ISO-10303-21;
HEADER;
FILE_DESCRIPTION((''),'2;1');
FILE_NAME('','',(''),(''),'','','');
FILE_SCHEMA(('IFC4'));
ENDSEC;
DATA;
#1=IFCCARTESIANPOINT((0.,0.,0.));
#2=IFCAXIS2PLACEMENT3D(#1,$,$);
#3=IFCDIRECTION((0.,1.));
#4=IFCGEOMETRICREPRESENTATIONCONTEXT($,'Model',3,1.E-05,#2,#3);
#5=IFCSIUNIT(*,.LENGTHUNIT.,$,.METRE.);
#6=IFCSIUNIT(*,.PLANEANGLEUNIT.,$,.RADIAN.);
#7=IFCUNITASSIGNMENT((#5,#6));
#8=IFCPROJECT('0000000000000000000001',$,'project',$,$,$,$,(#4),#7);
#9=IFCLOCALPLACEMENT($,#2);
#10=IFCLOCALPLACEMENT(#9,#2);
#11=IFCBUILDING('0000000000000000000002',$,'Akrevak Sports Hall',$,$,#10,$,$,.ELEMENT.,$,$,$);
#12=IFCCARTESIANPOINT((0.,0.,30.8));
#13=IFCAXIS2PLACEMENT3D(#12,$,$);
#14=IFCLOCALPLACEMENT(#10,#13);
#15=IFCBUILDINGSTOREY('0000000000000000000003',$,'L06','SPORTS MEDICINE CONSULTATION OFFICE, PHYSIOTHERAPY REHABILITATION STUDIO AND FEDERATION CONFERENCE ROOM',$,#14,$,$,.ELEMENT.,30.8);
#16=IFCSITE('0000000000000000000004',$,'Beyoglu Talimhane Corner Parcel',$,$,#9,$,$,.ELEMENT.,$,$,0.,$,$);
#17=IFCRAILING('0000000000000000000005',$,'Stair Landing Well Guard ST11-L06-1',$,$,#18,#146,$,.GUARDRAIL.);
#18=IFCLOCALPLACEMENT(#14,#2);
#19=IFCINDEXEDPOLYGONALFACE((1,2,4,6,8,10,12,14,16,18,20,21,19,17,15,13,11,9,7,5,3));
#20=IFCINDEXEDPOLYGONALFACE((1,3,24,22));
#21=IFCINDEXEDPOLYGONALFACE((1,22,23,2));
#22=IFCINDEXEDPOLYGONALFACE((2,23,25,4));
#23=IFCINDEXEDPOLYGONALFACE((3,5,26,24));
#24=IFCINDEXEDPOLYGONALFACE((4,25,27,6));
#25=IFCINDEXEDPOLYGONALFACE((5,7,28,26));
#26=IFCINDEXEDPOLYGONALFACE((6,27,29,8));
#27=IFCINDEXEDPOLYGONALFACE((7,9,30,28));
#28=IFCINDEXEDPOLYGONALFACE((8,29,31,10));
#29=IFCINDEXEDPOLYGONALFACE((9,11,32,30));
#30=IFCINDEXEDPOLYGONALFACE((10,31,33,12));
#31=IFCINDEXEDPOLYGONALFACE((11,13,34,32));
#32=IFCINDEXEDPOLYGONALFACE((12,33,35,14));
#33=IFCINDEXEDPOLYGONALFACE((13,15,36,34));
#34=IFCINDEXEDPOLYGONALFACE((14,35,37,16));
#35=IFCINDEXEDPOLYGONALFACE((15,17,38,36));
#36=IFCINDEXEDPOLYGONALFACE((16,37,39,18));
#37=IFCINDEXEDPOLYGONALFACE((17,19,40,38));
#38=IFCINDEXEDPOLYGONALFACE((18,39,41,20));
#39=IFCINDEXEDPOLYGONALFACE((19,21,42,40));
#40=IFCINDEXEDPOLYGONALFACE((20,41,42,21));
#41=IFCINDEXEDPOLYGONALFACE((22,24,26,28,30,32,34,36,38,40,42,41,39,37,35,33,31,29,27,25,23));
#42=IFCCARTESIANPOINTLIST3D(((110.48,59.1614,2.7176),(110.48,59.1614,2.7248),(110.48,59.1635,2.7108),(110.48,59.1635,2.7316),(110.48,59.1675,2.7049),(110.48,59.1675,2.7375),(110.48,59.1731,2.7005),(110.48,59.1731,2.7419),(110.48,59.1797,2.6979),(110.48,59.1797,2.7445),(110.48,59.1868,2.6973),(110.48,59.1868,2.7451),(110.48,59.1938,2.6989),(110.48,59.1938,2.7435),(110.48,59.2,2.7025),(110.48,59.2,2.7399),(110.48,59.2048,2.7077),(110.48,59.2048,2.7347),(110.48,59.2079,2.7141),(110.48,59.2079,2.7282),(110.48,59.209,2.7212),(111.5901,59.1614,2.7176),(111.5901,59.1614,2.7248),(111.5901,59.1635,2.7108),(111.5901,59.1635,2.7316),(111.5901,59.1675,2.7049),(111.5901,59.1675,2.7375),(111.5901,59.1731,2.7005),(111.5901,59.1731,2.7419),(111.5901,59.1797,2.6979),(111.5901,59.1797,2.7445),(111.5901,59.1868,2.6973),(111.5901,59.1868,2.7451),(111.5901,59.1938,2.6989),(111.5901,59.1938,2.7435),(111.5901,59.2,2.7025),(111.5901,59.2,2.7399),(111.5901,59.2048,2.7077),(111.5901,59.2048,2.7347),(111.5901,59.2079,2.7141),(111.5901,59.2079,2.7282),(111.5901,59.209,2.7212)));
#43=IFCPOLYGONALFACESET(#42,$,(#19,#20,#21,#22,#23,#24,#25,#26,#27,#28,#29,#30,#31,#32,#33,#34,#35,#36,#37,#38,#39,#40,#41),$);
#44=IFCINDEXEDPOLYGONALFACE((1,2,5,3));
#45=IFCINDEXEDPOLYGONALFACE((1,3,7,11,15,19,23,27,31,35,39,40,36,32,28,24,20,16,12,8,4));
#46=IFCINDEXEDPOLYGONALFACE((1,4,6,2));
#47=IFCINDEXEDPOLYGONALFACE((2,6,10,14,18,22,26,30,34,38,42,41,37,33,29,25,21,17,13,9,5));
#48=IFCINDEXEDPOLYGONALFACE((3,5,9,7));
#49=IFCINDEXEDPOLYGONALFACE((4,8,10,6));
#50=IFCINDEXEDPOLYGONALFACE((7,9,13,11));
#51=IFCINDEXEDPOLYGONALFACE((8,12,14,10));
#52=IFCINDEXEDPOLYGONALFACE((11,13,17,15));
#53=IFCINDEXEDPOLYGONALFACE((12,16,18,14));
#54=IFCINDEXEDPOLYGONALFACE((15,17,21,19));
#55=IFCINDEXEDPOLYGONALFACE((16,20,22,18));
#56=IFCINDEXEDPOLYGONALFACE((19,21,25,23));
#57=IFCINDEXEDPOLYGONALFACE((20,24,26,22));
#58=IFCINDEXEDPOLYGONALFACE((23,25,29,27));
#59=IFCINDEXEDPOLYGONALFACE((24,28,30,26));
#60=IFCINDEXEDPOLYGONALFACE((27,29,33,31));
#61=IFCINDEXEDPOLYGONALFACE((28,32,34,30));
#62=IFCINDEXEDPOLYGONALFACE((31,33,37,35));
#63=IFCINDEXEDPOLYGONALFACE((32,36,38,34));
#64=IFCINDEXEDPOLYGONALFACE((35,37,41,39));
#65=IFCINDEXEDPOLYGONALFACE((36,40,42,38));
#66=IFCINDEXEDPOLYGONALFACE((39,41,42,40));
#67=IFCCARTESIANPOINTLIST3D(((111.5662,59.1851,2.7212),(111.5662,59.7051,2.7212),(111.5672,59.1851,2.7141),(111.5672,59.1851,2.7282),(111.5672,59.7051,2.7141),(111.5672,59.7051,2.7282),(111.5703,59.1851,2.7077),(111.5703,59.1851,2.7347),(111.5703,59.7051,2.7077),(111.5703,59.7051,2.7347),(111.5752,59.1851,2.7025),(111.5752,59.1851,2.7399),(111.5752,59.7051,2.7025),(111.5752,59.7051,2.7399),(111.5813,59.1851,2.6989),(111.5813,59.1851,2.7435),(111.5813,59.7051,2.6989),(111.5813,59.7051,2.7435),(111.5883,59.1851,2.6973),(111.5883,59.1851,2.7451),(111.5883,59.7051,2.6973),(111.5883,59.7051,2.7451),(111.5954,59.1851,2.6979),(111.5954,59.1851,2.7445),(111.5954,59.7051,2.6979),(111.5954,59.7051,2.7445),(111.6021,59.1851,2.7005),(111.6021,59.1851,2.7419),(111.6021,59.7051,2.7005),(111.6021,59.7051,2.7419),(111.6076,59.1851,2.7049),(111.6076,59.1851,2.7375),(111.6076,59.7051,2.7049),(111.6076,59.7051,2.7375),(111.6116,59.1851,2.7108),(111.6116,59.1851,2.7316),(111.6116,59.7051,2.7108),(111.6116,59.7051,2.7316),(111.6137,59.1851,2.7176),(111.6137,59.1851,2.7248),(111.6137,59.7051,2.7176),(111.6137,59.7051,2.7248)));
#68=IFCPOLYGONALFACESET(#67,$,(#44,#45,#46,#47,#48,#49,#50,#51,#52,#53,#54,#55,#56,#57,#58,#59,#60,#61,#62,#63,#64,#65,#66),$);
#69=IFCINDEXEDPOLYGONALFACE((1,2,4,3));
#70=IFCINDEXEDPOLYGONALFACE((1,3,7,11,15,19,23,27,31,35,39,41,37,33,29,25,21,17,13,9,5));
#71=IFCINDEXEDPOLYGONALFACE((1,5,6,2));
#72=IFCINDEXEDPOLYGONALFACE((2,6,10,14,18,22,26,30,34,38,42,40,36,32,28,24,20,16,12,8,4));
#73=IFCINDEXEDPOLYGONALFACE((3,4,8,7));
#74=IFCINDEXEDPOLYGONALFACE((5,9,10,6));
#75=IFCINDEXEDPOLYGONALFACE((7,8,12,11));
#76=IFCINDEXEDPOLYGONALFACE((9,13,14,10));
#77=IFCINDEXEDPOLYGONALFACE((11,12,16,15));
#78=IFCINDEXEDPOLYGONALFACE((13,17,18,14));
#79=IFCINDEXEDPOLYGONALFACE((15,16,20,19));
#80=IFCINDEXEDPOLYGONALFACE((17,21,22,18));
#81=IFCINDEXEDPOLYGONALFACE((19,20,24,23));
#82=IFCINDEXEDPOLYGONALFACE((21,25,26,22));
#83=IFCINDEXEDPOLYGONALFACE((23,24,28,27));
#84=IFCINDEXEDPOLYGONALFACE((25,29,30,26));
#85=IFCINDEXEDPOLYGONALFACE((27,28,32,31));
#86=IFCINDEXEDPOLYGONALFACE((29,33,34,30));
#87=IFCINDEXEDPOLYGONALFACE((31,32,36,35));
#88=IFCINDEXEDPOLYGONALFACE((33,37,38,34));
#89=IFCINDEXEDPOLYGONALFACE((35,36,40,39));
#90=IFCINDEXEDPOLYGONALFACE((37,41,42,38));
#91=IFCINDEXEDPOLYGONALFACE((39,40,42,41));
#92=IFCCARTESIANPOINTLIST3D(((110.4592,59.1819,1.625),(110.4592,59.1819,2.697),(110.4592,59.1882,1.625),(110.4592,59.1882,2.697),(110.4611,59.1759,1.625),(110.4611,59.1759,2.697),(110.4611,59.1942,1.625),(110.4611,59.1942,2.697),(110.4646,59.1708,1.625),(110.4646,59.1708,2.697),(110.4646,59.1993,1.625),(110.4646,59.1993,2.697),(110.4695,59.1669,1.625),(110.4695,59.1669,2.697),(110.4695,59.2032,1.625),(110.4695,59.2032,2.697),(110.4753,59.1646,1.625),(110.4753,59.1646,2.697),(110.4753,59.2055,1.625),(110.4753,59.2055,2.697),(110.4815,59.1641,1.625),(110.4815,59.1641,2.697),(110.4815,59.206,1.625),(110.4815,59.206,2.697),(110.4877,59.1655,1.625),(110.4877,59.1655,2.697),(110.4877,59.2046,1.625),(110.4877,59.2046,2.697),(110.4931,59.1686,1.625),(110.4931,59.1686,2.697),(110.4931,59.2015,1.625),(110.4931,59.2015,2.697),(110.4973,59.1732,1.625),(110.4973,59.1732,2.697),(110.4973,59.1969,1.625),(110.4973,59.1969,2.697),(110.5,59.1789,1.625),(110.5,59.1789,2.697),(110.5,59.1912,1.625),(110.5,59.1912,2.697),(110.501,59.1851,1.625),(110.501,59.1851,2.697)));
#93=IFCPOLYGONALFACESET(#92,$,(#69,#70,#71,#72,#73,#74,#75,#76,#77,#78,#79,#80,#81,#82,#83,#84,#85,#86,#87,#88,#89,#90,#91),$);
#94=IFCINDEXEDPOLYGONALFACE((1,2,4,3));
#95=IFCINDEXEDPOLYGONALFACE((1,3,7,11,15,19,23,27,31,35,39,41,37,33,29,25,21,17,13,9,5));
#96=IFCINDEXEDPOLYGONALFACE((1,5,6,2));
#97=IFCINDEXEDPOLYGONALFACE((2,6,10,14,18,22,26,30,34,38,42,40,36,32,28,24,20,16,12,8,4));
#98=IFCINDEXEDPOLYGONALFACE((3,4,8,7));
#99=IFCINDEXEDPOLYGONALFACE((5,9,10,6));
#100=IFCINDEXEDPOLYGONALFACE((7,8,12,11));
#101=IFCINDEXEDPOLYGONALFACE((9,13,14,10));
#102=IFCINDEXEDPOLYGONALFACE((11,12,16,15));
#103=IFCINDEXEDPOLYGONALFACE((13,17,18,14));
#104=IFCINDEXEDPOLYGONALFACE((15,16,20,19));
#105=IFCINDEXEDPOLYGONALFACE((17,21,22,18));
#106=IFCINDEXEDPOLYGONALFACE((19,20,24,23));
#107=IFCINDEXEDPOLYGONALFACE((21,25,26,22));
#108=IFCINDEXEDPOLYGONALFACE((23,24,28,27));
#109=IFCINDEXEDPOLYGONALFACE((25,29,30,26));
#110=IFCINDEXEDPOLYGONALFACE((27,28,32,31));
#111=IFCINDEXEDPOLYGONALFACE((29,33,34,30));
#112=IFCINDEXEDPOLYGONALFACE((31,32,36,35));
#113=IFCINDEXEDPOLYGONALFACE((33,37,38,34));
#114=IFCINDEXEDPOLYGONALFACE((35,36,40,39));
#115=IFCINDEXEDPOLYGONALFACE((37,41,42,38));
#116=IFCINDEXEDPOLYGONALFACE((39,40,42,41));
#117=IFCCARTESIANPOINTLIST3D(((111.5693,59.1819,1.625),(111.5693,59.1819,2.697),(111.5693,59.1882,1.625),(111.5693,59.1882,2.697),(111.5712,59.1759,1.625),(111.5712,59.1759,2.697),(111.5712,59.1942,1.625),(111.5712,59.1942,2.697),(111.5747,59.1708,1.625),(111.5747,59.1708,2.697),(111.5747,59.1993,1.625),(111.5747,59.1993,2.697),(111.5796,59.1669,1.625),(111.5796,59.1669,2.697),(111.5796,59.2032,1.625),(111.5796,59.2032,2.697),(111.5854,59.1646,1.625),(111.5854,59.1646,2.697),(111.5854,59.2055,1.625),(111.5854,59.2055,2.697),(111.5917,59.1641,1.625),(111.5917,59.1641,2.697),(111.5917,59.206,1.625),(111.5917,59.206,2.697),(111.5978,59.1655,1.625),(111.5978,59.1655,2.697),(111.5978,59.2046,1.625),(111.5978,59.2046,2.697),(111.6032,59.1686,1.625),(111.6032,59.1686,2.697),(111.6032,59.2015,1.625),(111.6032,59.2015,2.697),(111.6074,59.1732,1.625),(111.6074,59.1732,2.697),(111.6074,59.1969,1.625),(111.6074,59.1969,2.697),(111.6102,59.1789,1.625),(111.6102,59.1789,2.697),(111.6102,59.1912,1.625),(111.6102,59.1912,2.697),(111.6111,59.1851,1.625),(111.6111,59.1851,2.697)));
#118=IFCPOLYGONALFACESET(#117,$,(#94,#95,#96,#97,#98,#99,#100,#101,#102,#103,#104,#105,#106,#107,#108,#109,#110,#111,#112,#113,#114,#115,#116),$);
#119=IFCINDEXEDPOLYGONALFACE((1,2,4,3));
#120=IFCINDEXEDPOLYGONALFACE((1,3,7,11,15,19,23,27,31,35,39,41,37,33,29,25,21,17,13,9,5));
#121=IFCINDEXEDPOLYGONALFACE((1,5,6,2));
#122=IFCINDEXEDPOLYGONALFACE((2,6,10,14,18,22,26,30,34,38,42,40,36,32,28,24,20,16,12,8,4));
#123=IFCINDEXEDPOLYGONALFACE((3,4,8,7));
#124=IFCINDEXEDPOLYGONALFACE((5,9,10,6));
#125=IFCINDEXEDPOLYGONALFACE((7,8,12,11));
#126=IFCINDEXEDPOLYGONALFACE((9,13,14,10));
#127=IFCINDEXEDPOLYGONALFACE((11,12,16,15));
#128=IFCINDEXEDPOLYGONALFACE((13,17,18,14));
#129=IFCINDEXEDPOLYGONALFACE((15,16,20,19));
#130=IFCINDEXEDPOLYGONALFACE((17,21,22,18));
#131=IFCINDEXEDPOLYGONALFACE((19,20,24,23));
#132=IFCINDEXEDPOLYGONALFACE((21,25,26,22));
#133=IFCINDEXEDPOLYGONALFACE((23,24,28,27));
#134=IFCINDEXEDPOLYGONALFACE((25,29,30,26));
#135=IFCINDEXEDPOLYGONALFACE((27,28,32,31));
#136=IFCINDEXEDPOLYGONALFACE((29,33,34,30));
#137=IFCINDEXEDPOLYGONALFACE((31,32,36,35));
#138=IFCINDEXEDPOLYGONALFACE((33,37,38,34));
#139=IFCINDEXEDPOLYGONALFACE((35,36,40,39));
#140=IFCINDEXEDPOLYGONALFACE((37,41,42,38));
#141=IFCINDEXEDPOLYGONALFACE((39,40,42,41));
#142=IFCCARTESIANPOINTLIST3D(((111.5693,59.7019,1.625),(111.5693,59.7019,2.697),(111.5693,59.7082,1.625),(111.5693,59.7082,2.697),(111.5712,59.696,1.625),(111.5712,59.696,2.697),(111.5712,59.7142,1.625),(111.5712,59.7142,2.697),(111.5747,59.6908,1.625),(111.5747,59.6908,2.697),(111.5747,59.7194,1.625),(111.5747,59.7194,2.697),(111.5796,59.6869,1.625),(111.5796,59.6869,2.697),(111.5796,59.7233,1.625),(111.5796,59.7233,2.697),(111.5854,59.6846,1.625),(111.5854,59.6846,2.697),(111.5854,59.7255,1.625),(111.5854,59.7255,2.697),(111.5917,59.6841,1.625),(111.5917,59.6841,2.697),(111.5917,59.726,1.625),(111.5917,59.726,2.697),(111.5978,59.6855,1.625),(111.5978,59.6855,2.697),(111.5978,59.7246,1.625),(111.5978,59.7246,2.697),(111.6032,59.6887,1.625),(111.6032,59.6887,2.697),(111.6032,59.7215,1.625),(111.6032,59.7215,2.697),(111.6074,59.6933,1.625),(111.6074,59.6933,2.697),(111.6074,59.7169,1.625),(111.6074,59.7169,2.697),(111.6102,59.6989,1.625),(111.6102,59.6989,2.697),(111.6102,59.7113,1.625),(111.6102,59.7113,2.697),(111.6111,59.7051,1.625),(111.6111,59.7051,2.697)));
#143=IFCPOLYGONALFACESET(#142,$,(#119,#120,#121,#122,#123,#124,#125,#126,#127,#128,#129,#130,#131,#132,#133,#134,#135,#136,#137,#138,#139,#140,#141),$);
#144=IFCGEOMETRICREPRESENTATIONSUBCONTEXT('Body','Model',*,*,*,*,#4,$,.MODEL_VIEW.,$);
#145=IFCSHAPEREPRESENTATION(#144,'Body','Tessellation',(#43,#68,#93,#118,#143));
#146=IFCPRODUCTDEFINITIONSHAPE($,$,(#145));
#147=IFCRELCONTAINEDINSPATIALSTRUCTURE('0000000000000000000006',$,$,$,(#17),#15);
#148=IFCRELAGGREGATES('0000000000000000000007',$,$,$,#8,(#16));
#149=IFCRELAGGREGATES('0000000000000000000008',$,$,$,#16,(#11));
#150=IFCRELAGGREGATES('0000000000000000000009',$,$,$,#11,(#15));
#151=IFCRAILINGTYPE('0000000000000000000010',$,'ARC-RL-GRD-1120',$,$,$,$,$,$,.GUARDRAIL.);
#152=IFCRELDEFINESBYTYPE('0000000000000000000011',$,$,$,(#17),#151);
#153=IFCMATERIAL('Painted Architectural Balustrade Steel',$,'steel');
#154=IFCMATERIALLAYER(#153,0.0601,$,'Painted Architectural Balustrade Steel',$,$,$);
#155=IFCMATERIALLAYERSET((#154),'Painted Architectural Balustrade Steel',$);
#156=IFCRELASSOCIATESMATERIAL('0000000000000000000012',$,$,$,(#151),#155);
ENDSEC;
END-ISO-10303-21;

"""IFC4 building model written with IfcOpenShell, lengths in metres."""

from ifc_helpers import new_model, si_unit, direction, frame, origin, origin_2d, place, context, subcontext, project, spatial, circle, extrude, material, layer, layer_set, type_object, element, save


model = new_model("IFC4")

# Units and contexts
model_context = context("Model", 3, precision=1e-05, world=origin(), true_north=direction((0.0, 1.0)))
body_context = subcontext(model_context, "Body", "Model", "MODEL_VIEW")
ifc_project = project(units=[si_unit("LENGTHUNIT", "METRE"), si_unit("PLANEANGLEUNIT", "RADIAN")], contexts=[model_context])

# Site, building, storey
site_placement = place(None, origin())
site = spatial("IfcSite", under=ifc_project, at=site_placement, Name="Beyoglu Talimhane Corner Parcel", CompositionType="ELEMENT", RefElevation=0.0)
building_placement = place(site_placement, origin())
building = spatial("IfcBuilding", under=site, at=building_placement, Name="Akrevak Sports Hall", CompositionType="ELEMENT")
storey_placement = place(building_placement, frame((0.0, 0.0, 30.8)))
storey = spatial("IfcBuildingStorey", under=building, at=storey_placement, Name="L06", Description="SPORTS MEDICINE CONSULTATION OFFICE, PHYSIOTHERAPY REHABILITATION STUDIO AND FEDERATION CONFERENCE ROOM", CompositionType="ELEMENT", Elevation=30.8)

# Railing
ifc_material_1 = material(Name="Painted Architectural Balustrade Steel", Category="steel")
ifc_layer_1 = layer(ifc_material_1, 0.0601, Name="Painted Architectural Balustrade Steel")
ifc_layer_set_1 = layer_set([ifc_layer_1], Name="Painted Architectural Balustrade Steel")
railing_type_1 = type_object("IfcRailingType", Name="ARC-RL-GRD-1120", PredefinedType="GUARDRAIL", material=ifc_layer_set_1)
railing_1_placement = place(storey_placement, frame((110.48, 59.1851, 1.625)))
element("IfcRailing", 1, at=railing_1_placement, inside=storey, type_object=railing_type_1, Name="Stair Landing Well Guard ST11-L06-1", PredefinedType="GUARDRAIL", context=body_context, shape_type="SweptSolid", body=[
    extrude(circle(Radius=0.0239, at=origin_2d()), frame((0.0, 0.0, 1.0962), z_axis=(1.0, 0.0, 0.0), x_axis=(0.0, 1.0, 0.0)), (0.0, 0.0, 1.0), 1.1101),
    extrude(circle(Radius=0.0239, at=origin_2d()), frame((1.1101, 0.0, 1.0962), z_axis=(0.0, 1.0, 0.0), x_axis=(-1.0, 0.0, 0.0)), (0.0, 0.0, 1.0), 0.52),
    extrude(circle(Radius=0.021, at=origin_2d()), origin(), (0.0, 0.0, 1.0), 1.072),
    extrude(circle(Radius=0.021, at=origin_2d()), frame((1.1101, 0.0, 0.0)), (0.0, 0.0, 1.0), 1.072),
    extrude(circle(Radius=0.021, at=origin_2d()), frame((1.1101, 0.52, 0.0)), (0.0, 0.0, 1.0), 1.072),
])

save(model, "model.ifc")
